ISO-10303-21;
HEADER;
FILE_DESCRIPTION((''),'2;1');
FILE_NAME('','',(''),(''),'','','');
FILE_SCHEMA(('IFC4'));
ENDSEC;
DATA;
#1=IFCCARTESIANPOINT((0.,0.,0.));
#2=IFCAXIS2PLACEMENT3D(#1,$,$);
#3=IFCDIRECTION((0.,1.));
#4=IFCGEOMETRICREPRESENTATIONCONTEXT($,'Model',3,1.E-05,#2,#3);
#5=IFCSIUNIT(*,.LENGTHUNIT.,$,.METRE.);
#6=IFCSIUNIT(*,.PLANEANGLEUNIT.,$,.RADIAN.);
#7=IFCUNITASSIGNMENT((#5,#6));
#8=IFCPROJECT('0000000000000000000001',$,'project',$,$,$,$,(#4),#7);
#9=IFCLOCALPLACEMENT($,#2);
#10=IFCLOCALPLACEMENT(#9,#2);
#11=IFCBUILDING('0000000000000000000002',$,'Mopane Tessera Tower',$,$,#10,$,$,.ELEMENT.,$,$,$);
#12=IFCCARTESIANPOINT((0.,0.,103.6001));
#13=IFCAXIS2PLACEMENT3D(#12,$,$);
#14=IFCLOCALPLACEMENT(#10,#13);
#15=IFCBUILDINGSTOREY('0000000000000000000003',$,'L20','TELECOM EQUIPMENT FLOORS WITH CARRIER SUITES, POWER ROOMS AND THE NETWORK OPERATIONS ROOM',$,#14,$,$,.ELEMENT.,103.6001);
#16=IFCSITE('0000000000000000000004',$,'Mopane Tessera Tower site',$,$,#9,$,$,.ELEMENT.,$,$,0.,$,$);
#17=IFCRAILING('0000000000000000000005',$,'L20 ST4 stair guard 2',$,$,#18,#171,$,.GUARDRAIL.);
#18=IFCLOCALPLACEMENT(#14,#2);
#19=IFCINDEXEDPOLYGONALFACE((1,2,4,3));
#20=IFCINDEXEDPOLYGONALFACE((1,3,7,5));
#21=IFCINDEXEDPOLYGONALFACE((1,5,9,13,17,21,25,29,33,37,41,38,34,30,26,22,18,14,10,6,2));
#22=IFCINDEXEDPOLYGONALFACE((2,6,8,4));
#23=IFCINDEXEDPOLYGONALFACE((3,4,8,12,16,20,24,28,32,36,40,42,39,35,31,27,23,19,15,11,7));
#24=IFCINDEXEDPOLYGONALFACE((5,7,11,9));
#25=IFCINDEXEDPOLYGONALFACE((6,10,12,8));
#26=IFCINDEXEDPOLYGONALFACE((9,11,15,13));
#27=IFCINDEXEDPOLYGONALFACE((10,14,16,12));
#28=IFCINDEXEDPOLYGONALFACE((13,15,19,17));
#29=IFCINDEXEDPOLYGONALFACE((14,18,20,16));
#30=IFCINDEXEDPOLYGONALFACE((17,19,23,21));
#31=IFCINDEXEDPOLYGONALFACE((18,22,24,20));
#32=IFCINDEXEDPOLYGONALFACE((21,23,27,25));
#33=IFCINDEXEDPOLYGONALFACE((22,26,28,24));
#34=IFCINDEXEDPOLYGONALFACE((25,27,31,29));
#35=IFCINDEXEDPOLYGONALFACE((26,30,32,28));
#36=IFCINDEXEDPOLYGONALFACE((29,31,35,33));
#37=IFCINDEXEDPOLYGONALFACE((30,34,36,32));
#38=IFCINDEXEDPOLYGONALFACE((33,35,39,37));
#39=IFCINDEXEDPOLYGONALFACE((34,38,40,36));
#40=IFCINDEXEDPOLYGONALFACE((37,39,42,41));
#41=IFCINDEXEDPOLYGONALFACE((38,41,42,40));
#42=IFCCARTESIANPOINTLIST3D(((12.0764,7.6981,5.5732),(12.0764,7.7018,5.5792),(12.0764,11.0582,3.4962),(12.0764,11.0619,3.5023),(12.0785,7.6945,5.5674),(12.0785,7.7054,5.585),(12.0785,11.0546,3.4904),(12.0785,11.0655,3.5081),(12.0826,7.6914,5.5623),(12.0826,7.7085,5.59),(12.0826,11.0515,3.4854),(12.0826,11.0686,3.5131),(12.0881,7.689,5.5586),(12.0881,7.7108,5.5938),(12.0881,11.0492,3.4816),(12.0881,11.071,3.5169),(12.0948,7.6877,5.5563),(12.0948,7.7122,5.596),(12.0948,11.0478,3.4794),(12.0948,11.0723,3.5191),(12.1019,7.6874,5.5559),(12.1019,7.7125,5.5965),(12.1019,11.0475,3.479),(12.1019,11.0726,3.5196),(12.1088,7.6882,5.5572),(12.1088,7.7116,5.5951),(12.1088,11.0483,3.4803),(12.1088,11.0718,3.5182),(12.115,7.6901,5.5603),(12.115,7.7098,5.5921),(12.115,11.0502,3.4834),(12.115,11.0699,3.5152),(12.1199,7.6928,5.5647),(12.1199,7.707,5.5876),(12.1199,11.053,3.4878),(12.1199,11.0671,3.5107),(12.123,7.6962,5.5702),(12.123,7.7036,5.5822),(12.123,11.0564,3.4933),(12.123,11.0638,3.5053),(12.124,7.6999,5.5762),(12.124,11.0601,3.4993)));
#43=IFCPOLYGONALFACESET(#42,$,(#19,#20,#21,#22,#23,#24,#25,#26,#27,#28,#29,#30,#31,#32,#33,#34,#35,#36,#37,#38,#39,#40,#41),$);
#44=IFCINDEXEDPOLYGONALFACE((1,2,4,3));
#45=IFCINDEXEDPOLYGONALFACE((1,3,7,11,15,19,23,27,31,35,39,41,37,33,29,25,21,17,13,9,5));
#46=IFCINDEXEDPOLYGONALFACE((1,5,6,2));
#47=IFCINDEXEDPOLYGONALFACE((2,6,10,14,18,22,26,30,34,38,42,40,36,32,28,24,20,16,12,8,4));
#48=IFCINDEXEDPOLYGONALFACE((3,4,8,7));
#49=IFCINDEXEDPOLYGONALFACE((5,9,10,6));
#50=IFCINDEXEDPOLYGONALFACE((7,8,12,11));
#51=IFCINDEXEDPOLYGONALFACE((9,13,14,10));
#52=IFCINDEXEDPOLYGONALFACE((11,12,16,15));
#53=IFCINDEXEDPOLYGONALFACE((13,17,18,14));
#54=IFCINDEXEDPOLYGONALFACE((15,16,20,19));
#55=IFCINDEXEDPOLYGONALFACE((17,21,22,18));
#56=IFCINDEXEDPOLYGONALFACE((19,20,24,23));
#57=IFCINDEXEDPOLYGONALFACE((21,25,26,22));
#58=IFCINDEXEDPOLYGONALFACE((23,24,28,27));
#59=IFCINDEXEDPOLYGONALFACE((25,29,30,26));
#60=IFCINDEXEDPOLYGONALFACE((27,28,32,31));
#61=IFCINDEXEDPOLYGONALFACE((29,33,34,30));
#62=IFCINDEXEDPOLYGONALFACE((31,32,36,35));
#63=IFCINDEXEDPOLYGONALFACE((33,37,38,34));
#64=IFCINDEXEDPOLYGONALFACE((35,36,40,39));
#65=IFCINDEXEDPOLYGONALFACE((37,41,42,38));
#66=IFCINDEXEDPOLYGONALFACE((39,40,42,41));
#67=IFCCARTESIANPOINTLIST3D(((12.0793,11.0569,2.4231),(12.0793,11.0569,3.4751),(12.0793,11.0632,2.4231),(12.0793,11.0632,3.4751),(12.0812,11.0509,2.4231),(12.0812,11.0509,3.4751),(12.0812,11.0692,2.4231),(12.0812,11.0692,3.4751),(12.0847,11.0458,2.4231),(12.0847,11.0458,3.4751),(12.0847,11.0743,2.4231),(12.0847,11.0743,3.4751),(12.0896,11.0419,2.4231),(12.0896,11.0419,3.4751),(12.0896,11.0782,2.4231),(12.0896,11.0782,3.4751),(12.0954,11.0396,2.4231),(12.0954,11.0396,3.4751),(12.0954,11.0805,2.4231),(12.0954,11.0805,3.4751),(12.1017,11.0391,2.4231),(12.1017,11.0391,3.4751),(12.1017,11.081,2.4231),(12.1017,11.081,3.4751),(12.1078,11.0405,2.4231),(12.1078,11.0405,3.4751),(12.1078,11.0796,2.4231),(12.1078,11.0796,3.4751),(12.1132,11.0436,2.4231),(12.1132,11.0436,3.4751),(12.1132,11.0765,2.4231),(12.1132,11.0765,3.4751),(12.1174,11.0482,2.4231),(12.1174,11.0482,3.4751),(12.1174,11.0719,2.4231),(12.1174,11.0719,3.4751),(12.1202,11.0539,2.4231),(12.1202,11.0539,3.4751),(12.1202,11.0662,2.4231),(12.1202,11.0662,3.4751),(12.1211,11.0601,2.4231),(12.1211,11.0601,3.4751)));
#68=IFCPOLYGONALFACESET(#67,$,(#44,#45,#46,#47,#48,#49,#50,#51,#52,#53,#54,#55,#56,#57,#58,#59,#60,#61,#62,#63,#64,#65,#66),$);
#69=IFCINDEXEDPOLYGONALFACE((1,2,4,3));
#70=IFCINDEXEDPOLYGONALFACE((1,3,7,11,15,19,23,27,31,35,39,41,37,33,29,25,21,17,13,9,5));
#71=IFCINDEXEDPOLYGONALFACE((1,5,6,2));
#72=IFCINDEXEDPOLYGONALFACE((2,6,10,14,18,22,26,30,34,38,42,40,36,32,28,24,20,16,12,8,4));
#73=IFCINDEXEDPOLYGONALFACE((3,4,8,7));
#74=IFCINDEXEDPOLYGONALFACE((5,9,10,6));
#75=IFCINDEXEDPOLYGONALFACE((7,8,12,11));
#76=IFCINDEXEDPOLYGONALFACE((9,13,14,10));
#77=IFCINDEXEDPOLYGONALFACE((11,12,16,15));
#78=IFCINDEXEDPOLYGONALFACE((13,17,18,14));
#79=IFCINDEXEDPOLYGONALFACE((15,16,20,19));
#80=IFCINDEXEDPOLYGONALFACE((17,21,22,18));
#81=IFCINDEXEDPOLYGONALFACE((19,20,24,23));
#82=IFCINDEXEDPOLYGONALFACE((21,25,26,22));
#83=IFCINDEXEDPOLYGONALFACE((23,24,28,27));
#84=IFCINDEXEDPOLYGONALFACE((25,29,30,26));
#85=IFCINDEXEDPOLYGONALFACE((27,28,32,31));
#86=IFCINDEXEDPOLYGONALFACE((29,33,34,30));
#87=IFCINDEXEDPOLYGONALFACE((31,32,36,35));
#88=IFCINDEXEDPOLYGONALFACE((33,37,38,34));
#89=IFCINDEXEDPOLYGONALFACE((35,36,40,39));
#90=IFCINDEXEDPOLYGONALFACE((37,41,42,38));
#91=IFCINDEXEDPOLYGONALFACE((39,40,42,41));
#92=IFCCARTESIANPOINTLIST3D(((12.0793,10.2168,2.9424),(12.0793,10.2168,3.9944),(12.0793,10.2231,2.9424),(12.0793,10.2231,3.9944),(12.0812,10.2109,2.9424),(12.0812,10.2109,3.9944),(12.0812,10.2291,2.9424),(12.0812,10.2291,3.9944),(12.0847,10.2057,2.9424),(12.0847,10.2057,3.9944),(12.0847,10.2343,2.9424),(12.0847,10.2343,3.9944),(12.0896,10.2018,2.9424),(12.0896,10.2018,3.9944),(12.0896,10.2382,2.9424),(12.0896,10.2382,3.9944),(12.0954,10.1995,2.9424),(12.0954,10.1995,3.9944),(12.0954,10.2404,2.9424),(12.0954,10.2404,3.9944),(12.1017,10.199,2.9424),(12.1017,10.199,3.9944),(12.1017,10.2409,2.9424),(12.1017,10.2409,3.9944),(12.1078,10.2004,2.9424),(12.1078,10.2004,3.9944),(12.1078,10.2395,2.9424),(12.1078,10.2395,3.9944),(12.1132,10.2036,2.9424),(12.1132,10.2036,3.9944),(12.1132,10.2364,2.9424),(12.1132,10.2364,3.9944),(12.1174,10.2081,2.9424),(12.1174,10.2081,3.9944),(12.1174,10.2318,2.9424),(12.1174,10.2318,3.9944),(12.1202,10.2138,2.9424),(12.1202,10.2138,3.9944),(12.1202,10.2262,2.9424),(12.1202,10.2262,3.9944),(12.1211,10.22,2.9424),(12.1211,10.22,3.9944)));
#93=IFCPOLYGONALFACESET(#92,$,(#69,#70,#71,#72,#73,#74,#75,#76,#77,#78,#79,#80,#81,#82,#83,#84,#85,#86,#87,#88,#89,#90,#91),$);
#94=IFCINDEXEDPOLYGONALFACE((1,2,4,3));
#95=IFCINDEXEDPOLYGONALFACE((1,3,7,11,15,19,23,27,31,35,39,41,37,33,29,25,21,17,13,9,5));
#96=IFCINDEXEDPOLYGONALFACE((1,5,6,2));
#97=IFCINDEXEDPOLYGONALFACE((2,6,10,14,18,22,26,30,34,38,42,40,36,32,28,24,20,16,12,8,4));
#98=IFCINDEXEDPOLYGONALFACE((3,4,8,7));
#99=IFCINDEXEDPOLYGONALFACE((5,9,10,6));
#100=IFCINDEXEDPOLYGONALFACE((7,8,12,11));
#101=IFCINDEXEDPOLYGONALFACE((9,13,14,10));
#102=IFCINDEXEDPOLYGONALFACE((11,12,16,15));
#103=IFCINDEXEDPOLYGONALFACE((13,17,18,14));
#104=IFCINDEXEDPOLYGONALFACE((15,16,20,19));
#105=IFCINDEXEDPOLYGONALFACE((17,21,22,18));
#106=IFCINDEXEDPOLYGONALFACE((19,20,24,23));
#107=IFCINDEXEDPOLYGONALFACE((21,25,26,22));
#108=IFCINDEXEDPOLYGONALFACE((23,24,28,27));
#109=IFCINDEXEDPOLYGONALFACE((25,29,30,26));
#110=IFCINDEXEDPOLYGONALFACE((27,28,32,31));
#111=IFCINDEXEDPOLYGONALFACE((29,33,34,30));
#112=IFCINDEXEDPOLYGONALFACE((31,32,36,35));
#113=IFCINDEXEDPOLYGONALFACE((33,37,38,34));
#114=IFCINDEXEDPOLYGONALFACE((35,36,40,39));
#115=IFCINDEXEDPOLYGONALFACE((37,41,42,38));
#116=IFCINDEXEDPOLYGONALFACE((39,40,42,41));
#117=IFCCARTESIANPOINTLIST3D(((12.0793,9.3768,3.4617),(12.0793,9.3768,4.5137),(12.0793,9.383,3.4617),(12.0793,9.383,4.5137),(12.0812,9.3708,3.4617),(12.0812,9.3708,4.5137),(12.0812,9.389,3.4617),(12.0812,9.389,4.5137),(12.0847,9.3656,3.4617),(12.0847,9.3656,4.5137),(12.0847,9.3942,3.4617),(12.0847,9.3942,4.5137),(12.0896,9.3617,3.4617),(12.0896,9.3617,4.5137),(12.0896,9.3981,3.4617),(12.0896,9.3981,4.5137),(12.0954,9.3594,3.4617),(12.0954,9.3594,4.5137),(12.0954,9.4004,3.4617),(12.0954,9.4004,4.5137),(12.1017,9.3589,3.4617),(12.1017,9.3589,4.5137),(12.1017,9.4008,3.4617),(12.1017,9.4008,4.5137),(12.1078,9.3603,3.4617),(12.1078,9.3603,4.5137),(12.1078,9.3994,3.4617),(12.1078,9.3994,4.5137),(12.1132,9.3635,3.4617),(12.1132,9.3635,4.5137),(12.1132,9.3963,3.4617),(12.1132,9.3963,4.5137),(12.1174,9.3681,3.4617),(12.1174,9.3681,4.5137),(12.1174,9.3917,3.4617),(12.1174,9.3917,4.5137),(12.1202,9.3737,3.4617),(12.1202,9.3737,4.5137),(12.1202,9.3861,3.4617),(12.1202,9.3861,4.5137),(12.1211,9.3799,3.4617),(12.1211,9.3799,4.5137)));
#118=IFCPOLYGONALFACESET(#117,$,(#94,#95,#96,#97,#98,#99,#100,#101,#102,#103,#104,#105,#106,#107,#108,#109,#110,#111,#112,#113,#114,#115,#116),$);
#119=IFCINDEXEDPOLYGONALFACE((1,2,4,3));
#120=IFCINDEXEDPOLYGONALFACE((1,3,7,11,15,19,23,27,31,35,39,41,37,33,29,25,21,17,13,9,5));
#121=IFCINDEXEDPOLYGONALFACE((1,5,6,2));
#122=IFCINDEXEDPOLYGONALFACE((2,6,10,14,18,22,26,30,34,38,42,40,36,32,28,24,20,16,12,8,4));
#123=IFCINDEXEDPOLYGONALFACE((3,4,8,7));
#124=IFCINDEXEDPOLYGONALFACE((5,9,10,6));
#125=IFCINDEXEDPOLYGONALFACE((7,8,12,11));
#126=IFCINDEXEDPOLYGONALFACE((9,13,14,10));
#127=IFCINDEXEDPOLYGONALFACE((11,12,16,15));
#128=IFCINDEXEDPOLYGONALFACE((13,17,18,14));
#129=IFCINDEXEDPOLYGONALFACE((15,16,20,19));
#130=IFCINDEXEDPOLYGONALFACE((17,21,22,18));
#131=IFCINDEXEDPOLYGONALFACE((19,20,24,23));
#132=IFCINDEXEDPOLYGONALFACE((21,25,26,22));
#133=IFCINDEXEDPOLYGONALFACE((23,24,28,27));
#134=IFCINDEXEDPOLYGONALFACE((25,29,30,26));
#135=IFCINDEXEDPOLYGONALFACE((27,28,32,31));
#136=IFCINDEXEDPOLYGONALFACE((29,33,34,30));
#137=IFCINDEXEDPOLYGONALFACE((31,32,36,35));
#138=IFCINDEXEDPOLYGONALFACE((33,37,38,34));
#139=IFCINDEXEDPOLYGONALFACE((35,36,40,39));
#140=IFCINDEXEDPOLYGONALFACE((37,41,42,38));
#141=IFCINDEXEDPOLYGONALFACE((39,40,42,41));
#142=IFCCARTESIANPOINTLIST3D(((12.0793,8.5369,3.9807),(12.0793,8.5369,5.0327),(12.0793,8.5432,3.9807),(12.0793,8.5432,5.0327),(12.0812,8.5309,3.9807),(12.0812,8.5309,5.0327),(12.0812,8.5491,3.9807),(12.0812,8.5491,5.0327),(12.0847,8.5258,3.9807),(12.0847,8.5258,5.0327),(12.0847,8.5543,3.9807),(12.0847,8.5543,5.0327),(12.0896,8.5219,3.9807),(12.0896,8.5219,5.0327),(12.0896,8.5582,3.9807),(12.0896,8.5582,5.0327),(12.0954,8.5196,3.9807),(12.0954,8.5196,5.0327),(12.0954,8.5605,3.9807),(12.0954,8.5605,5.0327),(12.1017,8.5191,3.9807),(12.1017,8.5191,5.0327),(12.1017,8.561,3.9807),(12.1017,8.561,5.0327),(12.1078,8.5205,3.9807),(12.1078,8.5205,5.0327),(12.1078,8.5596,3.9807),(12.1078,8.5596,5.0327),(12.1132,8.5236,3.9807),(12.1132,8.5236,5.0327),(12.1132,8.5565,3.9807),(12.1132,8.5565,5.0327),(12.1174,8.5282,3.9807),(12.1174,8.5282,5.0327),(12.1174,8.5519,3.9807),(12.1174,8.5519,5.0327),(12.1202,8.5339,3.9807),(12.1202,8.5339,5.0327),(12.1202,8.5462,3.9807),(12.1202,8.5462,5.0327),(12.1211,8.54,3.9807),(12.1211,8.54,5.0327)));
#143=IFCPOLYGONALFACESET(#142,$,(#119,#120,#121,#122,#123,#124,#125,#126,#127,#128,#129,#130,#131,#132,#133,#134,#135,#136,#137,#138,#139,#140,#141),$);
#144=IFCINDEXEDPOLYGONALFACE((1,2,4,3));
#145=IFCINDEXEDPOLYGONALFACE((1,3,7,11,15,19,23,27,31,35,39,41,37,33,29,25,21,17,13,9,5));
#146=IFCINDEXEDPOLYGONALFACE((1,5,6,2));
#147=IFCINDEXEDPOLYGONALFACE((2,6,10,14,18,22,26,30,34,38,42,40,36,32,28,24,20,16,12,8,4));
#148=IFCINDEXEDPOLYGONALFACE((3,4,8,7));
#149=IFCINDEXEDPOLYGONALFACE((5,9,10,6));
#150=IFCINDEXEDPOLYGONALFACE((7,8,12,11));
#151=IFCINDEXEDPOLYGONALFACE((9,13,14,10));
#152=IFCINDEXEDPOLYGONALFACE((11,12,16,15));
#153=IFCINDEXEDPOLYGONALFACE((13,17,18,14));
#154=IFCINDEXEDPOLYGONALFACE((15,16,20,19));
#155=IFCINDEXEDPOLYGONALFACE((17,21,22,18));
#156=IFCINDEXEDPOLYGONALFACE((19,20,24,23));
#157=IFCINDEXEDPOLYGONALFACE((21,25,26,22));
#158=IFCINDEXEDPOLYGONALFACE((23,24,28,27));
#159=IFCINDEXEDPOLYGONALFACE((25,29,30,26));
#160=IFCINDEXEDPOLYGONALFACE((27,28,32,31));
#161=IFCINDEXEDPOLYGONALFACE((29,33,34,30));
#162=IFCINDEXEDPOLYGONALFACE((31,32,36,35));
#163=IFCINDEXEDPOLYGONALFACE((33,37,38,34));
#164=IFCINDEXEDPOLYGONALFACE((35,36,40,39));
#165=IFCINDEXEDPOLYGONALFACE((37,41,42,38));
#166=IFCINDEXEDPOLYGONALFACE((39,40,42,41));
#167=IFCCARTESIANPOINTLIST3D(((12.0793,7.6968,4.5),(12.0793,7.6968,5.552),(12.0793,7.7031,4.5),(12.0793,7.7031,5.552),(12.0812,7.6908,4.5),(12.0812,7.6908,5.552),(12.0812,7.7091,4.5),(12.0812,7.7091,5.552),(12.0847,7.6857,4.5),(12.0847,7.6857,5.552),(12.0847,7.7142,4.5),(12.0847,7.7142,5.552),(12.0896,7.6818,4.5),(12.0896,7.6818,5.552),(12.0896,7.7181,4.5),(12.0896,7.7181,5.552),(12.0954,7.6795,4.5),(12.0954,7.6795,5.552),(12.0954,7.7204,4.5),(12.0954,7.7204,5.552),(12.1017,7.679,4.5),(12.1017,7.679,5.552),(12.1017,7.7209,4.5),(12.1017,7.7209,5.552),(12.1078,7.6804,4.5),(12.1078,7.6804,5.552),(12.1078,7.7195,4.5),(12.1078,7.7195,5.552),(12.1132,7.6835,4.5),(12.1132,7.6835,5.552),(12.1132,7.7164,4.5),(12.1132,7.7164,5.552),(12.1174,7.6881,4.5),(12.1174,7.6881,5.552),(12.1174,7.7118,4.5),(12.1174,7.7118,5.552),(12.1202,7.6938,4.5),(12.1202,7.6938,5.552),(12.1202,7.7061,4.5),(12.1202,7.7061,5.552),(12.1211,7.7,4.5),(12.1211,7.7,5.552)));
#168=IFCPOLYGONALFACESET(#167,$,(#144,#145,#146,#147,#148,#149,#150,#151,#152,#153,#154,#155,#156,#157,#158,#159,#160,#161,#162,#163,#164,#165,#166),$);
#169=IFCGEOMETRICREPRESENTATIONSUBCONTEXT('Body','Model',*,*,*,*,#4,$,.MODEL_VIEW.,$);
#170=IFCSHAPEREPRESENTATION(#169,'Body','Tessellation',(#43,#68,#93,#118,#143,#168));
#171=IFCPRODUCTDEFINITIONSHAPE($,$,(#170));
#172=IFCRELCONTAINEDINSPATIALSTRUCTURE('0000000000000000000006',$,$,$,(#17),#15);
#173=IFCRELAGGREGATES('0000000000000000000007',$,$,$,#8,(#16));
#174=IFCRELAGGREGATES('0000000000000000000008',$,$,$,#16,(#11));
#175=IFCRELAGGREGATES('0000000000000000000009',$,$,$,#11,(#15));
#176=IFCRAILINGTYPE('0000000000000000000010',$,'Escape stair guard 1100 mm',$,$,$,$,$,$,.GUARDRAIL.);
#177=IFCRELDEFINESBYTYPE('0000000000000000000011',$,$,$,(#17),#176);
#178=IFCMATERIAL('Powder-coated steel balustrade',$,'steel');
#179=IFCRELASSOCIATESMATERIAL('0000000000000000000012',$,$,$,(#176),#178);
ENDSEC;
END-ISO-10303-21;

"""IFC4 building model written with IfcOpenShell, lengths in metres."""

from ifc_helpers import new_model, si_unit, direction, frame, origin, origin_2d, place, context, subcontext, project, spatial, circle, extrude, material, type_object, element, save


model = new_model("IFC4")

# Units and contexts
model_context = context("Model", 3, precision=1e-05, world=origin(), true_north=direction((0.0, 1.0)))
body_context = subcontext(model_context, "Body", "Model", "MODEL_VIEW")
ifc_project = project(units=[si_unit("LENGTHUNIT", "METRE"), si_unit("PLANEANGLEUNIT", "RADIAN")], contexts=[model_context])

# Site, building, storey
site_placement = place(None, origin())
site = spatial("IfcSite", under=ifc_project, at=site_placement, Name="Mopane Tessera Tower site", CompositionType="ELEMENT", RefElevation=0.0)
building_placement = place(site_placement, origin())
building = spatial("IfcBuilding", under=site, at=building_placement, Name="Mopane Tessera Tower", CompositionType="ELEMENT")
storey_placement = place(building_placement, frame((0.0, 0.0, 103.6001)))
storey = spatial("IfcBuildingStorey", under=building, at=storey_placement, Name="L20", Description="TELECOM EQUIPMENT FLOORS WITH CARRIER SUITES, POWER ROOMS AND THE NETWORK OPERATIONS ROOM", CompositionType="ELEMENT", Elevation=103.6001)

# Railing
ifc_material_1 = material(Name="Powder-coated steel balustrade", Category="steel")
railing_type_1 = type_object("IfcRailingType", Name="Escape stair guard 1100 mm", PredefinedType="GUARDRAIL", material=ifc_material_1)
railing_1_placement = place(storey_placement, frame((12.1001, 11.0601, 2.4231)))
element("IfcRailing", 1, at=railing_1_placement, inside=storey, type_object=railing_type_1, Name="L20 ST4 stair guard 2", PredefinedType="GUARDRAIL", context=body_context, shape_type="SweptSolid", body=[
    extrude(circle(Radius=0.0239, at=origin_2d()), frame((0.0, 0.0, 1.0762), z_axis=(0.0, -0.850623, 0.525776), x_axis=(1.0, 0.0, 0.0)), (0.0, 0.0, 1.0), 3.9502),
    extrude(circle(Radius=0.021, at=origin_2d()), origin(), (0.0, 0.0, 1.0), 1.052),
    extrude(circle(Radius=0.021, at=origin_2d()), frame((0.0, -0.8401, 0.5193)), (0.0, 0.0, 1.0), 1.052),
    extrude(circle(Radius=0.021, at=origin_2d()), frame((0.0, -1.6802, 1.0386)), (0.0, 0.0, 1.0), 1.052),
    extrude(circle(Radius=0.021, at=origin_2d()), frame((0.0, -2.52, 1.5576)), (0.0, 0.0, 1.0), 1.052),
    extrude(circle(Radius=0.021, at=origin_2d()), frame((0.0, -3.3601, 2.0769)), (0.0, 0.0, 1.0), 1.052),
])

save(model, "model.ifc")
